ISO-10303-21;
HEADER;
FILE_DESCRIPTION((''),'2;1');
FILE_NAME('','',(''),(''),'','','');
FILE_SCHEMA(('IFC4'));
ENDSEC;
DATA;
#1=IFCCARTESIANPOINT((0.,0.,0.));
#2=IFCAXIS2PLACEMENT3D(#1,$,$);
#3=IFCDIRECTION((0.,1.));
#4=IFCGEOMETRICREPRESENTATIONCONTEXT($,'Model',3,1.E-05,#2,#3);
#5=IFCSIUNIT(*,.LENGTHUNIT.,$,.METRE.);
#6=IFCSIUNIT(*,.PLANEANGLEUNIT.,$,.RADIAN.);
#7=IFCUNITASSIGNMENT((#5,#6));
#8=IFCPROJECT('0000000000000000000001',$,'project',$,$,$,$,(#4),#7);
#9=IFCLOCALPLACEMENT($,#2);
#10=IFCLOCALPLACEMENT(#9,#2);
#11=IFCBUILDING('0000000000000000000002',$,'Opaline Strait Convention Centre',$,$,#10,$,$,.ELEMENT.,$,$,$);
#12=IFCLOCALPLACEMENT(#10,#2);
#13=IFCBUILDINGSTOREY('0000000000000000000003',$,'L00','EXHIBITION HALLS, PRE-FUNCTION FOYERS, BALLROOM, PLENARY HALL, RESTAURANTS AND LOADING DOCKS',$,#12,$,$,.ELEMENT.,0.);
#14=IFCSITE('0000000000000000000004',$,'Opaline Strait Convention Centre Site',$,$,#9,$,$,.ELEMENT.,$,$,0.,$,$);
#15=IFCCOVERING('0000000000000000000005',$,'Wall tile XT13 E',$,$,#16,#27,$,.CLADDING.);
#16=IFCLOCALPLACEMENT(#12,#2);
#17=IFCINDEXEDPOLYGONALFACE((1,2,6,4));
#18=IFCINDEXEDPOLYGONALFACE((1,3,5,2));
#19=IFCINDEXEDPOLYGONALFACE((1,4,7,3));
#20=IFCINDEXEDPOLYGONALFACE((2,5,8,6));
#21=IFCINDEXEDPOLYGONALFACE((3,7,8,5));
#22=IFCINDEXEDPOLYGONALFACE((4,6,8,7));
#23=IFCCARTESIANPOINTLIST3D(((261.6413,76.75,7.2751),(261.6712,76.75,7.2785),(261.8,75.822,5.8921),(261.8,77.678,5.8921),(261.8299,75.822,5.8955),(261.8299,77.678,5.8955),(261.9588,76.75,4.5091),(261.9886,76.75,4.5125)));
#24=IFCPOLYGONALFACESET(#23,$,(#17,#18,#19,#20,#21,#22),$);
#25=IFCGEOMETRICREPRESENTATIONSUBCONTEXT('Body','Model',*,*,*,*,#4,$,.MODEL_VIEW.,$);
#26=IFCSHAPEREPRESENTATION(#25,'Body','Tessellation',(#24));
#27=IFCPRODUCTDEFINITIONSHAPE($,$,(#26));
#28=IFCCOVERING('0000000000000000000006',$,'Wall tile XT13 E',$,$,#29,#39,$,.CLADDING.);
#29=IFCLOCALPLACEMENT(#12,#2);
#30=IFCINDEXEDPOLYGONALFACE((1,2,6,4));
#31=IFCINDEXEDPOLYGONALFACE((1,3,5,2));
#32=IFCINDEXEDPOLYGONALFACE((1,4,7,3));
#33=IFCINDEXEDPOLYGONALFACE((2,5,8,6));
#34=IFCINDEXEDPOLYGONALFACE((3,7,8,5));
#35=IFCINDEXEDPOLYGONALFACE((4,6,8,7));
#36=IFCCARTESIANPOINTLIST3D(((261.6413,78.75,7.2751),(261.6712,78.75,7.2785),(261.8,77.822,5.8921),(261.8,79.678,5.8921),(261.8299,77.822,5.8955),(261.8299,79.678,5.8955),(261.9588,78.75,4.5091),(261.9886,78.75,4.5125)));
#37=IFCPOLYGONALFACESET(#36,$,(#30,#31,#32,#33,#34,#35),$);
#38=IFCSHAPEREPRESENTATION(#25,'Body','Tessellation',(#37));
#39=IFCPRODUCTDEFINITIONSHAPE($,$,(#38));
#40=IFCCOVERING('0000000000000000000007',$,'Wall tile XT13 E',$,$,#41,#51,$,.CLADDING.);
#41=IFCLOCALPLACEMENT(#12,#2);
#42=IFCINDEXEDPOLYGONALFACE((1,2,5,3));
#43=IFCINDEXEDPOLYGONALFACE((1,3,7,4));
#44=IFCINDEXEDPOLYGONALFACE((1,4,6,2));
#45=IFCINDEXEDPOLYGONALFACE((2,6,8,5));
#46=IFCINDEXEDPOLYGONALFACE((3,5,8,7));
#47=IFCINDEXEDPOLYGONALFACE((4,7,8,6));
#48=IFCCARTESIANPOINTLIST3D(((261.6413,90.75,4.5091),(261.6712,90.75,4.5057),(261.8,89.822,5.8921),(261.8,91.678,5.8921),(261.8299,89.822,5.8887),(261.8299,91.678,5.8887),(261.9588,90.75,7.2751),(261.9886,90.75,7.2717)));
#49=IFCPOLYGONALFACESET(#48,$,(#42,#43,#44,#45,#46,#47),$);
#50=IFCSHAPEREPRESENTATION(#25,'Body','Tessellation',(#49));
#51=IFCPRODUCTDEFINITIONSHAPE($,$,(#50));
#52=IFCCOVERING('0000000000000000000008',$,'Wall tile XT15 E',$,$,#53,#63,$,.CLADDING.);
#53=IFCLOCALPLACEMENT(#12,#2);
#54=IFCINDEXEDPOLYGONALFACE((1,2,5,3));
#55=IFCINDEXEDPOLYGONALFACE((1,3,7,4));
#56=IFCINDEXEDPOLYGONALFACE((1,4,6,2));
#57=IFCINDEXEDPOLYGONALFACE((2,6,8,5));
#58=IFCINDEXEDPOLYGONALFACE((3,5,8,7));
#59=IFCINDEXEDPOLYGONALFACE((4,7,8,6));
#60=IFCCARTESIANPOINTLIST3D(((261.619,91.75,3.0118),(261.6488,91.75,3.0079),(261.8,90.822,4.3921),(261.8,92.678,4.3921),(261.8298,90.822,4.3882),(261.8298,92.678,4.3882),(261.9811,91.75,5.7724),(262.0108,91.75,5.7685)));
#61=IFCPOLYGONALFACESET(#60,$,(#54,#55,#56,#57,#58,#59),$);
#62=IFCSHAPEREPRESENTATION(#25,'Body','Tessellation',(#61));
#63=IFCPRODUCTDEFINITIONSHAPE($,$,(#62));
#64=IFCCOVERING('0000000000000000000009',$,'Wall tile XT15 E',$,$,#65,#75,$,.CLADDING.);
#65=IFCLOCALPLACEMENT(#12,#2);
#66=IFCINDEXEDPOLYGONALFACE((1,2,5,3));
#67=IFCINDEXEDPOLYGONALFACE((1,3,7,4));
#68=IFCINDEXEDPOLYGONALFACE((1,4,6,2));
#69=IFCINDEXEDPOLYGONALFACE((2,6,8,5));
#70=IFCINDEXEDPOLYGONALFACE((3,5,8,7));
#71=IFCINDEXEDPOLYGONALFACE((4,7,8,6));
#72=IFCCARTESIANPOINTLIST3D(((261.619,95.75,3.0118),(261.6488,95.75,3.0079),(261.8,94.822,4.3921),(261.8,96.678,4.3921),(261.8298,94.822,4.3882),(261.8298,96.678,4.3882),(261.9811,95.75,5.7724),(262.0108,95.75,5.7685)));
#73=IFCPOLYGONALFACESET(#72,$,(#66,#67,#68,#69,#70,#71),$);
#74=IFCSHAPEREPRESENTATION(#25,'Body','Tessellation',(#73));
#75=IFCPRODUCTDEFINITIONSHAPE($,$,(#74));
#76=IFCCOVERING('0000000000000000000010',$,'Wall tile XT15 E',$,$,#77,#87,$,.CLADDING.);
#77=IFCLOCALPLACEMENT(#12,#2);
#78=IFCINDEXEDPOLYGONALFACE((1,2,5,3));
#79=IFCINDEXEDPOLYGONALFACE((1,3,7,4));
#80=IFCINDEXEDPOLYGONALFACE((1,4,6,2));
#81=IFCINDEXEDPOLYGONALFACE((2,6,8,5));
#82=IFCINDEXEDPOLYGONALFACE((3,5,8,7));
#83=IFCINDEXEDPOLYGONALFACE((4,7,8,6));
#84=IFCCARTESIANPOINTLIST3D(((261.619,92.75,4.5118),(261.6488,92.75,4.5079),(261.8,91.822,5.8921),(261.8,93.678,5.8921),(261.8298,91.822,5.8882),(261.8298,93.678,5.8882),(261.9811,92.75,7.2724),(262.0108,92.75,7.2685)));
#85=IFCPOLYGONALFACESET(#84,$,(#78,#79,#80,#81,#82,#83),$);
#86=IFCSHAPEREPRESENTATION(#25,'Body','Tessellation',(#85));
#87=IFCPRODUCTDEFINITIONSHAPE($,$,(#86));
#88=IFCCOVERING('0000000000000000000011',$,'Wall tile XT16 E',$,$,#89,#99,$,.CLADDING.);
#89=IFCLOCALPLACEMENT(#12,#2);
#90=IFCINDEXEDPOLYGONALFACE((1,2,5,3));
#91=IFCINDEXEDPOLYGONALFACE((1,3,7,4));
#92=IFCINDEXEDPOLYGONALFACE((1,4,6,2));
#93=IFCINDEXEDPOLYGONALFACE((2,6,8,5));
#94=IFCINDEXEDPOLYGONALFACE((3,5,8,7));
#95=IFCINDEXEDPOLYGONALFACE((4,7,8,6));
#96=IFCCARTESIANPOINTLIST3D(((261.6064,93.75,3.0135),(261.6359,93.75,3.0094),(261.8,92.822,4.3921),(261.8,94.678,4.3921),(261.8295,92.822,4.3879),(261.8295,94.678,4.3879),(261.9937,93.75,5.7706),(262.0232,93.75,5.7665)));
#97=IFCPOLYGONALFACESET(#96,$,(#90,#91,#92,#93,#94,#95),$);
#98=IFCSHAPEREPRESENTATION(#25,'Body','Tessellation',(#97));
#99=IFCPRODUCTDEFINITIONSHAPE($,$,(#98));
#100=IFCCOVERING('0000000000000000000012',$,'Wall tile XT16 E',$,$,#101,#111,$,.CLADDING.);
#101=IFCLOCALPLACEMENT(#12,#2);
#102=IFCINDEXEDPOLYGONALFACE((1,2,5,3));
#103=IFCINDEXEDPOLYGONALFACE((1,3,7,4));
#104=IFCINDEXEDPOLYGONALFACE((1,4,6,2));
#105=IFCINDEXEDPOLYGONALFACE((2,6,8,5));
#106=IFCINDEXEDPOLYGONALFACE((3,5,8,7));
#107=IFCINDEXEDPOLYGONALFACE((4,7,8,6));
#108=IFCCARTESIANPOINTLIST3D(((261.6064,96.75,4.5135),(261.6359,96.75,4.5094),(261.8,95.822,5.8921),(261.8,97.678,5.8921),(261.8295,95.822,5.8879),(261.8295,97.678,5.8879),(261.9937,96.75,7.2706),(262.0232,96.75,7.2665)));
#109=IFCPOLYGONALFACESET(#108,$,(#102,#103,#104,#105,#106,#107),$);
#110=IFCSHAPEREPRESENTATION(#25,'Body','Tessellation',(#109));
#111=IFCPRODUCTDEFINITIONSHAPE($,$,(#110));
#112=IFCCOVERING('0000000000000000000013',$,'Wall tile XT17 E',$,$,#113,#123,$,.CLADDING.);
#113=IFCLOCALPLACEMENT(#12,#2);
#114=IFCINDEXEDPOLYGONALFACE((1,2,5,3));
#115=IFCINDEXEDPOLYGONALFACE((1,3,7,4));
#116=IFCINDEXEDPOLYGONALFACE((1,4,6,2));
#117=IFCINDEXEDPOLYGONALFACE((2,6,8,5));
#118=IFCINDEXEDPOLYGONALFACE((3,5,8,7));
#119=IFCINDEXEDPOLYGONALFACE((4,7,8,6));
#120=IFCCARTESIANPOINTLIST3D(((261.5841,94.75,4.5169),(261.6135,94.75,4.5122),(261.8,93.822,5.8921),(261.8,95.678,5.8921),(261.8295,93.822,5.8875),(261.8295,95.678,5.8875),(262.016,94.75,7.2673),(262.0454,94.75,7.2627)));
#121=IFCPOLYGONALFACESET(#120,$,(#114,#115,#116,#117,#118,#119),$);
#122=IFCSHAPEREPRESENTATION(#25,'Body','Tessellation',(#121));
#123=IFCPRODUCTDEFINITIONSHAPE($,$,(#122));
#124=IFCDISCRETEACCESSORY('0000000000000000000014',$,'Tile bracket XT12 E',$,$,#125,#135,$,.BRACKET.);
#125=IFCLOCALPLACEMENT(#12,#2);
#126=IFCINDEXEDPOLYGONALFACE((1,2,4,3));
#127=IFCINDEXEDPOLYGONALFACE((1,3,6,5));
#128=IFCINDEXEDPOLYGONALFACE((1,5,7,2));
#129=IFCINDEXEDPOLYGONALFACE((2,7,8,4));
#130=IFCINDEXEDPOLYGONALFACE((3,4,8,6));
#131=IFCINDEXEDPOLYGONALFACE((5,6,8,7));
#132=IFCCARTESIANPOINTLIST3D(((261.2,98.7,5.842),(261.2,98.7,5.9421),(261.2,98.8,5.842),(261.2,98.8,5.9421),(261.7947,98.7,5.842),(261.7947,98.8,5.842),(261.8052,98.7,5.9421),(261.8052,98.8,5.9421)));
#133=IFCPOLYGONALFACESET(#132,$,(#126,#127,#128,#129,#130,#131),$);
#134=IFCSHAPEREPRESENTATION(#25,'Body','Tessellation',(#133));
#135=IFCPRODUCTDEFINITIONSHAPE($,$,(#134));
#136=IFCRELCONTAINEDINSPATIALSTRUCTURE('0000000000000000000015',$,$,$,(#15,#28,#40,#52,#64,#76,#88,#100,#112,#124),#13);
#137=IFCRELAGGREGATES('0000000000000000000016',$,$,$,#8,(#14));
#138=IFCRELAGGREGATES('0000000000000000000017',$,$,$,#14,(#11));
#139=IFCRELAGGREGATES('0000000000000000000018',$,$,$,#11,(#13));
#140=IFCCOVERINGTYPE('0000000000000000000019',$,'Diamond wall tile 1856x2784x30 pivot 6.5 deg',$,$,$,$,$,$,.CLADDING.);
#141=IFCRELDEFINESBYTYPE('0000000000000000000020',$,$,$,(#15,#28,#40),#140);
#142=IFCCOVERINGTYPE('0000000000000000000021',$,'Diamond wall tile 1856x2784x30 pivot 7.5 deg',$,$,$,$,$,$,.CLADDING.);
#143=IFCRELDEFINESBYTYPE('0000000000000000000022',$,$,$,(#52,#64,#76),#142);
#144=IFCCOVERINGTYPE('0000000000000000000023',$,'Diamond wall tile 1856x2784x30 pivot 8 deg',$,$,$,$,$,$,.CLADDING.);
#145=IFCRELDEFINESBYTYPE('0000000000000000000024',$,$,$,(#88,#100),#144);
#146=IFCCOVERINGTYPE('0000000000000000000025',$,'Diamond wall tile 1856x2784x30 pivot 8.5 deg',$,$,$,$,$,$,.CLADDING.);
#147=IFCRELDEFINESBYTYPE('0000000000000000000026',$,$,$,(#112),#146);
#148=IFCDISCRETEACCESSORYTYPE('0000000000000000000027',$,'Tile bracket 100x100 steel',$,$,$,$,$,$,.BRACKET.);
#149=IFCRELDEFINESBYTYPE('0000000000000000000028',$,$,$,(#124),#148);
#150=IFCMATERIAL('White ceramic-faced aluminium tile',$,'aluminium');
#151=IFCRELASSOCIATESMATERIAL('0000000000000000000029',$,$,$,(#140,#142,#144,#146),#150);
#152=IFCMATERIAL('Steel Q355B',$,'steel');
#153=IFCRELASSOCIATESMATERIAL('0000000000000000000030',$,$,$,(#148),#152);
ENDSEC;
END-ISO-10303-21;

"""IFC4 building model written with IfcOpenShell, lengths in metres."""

from ifc_helpers import new_model, si_unit, direction, frame, origin, place, context, subcontext, project, spatial, polyline, outline, extrude, material, material_profile, profile_set, type_object, element, save


model = new_model("IFC4")

# Units and contexts
model_context = context("Model", 3, precision=1e-05, world=origin(), true_north=direction((0.0, 1.0)))
body_context = subcontext(model_context, "Body", "Model", "MODEL_VIEW")
ifc_project = project(units=[si_unit("LENGTHUNIT", "METRE"), si_unit("PLANEANGLEUNIT", "RADIAN")], contexts=[model_context])

# Site, building, storey
site_placement = place(None, origin())
site = spatial("IfcSite", under=ifc_project, at=site_placement, Name="Opaline Strait Convention Centre Site", CompositionType="ELEMENT", RefElevation=0.0)
building_placement = place(site_placement, origin())
building = spatial("IfcBuilding", under=site, at=building_placement, Name="Opaline Strait Convention Centre", CompositionType="ELEMENT")
storey_placement = place(building_placement, origin())
storey = spatial("IfcBuildingStorey", under=building, at=storey_placement, Name="L00", Description="EXHIBITION HALLS, PRE-FUNCTION FOYERS, BALLROOM, PLENARY HALL, RESTAURANTS AND LOADING DOCKS", CompositionType="ELEMENT", Elevation=0.0)

# Coverings
ifc_material_1 = material(Name="White ceramic-faced aluminium tile", Category="aluminium")
ifc_material_profile_1 = material_profile(ifc_material_1, outline(polyline([(0.928, 0.0), (0.0, 1.3921), (-0.928, 0.0), (0.0, -1.3921), (0.928, 0.0)])), Name="Diamond tile 1856x2784")
ifc_profile_set_1 = profile_set([ifc_material_profile_1], Name="White ceramic-faced aluminium tile")
covering_type_1 = type_object("IfcCoveringType", Name="Diamond wall tile 1856x2784x30 pivot 6.5 deg", PredefinedType="CLADDING", material=ifc_profile_set_1)
for number, where, z_axis, x_axis, name in (
    (1, (261.8, 76.75, 5.8921), (0.99348, 0.0, 0.114006), (0.0, 1.0, 0.0), "Wall tile XT13 E"),
    (2, (261.8, 78.75, 5.8921), (0.99348, 0.0, 0.114006), (0.0, 1.0, 0.0), "Wall tile XT13 E"),
    (3, (261.8, 90.75, 5.8921), (0.99348, 0.0, -0.114006), (0.0, 1.0, 0.0), "Wall tile XT13 E"),
):
    element("IfcCovering", number, at=place(storey_placement, frame(where, z_axis=z_axis, x_axis=x_axis)), inside=storey, type_object=covering_type_1, Name=name, PredefinedType="CLADDING", context=body_context, shape_type="SweptSolid", body=[
        extrude(outline(polyline([(0.928, 0.0), (0.0, 1.3921), (-0.928, 0.0), (0.0, -1.3921), (0.928, 0.0)])), origin(), (0.0, 0.0, 1.0), 0.03),
    ])
ifc_material_profile_2 = material_profile(ifc_material_1, outline(polyline([(0.928, 0.0), (0.0, 1.3921), (-0.928, 0.0), (0.0, -1.3921), (0.928, 0.0)])), Name="Diamond tile 1856x2784")
ifc_profile_set_2 = profile_set([ifc_material_profile_2], Name="White ceramic-faced aluminium tile")
covering_type_2 = type_object("IfcCoveringType", Name="Diamond wall tile 1856x2784x30 pivot 7.5 deg", PredefinedType="CLADDING", material=ifc_profile_set_2)
for number, where, z_axis, x_axis, name in (
    (4, (261.8, 91.75, 4.3921), (0.99151, 0.0, -0.130034), (0.0, 1.0, 0.0), "Wall tile XT15 E"),
    (5, (261.8, 95.75, 4.3921), (0.99151, 0.0, -0.130034), (0.0, 1.0, 0.0), "Wall tile XT15 E"),
    (6, (261.8, 92.75, 5.8921), (0.99151, 0.0, -0.130034), (0.0, 1.0, 0.0), "Wall tile XT15 E"),
):
    element("IfcCovering", number, at=place(storey_placement, frame(where, z_axis=z_axis, x_axis=x_axis)), inside=storey, type_object=covering_type_2, Name=name, PredefinedType="CLADDING", context=body_context, shape_type="SweptSolid", body=[
        extrude(outline(polyline([(0.928, 0.0), (0.0, 1.3921), (-0.928, 0.0), (0.0, -1.3921), (0.928, 0.0)])), origin(), (0.0, 0.0, 1.0), 0.03),
    ])
ifc_material_profile_3 = material_profile(ifc_material_1, outline(polyline([(0.928, 0.0), (0.0, 1.3921), (-0.928, 0.0), (0.0, -1.3921), (0.928, 0.0)])), Name="Diamond tile 1856x2784")
ifc_profile_set_3 = profile_set([ifc_material_profile_3], Name="White ceramic-faced aluminium tile")
covering_type_3 = type_object("IfcCoveringType", Name="Diamond wall tile 1856x2784x30 pivot 8 deg", PredefinedType="CLADDING", material=ifc_profile_set_3)
for number, where, z_axis, x_axis, name in (
    (7, (261.8, 93.75, 4.3921), (0.990274, 0.0, -0.139129), (0.0, 1.0, 0.0), "Wall tile XT16 E"),
    (8, (261.8, 96.75, 5.8921), (0.990274, 0.0, -0.139129), (0.0, 1.0, 0.0), "Wall tile XT16 E"),
):
    element("IfcCovering", number, at=place(storey_placement, frame(where, z_axis=z_axis, x_axis=x_axis)), inside=storey, type_object=covering_type_3, Name=name, PredefinedType="CLADDING", context=body_context, shape_type="SweptSolid", body=[
        extrude(outline(polyline([(0.928, 0.0), (0.0, 1.3921), (-0.928, 0.0), (0.0, -1.3921), (0.928, 0.0)])), origin(), (0.0, 0.0, 1.0), 0.0298),
    ])
ifc_material_profile_4 = material_profile(ifc_material_1, outline(polyline([(0.928, 0.0), (0.0, 1.3921), (-0.928, 0.0), (0.0, -1.3921), (0.928, 0.0)])), Name="Diamond tile 1856x2784")
ifc_profile_set_4 = profile_set([ifc_material_profile_4], Name="White ceramic-faced aluminium tile")
covering_type_4 = type_object("IfcCoveringType", Name="Diamond wall tile 1856x2784x30 pivot 8.5 deg", PredefinedType="CLADDING", material=ifc_profile_set_4)
covering_1_placement = place(storey_placement, frame((261.8, 94.75, 5.8921), z_axis=(0.987895, 0.0, -0.155124), x_axis=(0.0, 1.0, 0.0)))
element("IfcCovering", 9, at=covering_1_placement, inside=storey, type_object=covering_type_4, Name="Wall tile XT17 E", PredefinedType="CLADDING", context=body_context, shape_type="SweptSolid", body=[
    extrude(outline(polyline([(0.928, 0.0), (0.0, 1.3921), (-0.928, 0.0), (0.0, -1.3921), (0.928, 0.0)])), origin(), (0.0, 0.0, 1.0), 0.0298),
])

# Discrete accessory
ifc_material_2 = material(Name="Steel Q355B", Category="steel")
discrete_accessory_type = type_object("IfcDiscreteAccessoryType", Name="Tile bracket 100x100 steel", PredefinedType="BRACKET", material=ifc_material_2)
discrete_accessory_placement = place(storey_placement, frame((261.2, 98.7, 5.8921), z_axis=(0.0, 1.0, 0.0), x_axis=(-1.0, 0.0, 0.0)))
element("IfcDiscreteAccessory", 10, at=discrete_accessory_placement, inside=storey, type_object=discrete_accessory_type, Name="Tile bracket XT12 E", PredefinedType="BRACKET", context=body_context, shape_type="SweptSolid", body=[
    extrude(outline(polyline([(0.0, -0.05), (0.0, 0.05), (-0.6052, 0.05), (-0.5947, -0.05), (0.0, -0.05)])), origin(), (0.0, 0.0, 1.0), 0.1001),
])

save(model, "model.ifc")
